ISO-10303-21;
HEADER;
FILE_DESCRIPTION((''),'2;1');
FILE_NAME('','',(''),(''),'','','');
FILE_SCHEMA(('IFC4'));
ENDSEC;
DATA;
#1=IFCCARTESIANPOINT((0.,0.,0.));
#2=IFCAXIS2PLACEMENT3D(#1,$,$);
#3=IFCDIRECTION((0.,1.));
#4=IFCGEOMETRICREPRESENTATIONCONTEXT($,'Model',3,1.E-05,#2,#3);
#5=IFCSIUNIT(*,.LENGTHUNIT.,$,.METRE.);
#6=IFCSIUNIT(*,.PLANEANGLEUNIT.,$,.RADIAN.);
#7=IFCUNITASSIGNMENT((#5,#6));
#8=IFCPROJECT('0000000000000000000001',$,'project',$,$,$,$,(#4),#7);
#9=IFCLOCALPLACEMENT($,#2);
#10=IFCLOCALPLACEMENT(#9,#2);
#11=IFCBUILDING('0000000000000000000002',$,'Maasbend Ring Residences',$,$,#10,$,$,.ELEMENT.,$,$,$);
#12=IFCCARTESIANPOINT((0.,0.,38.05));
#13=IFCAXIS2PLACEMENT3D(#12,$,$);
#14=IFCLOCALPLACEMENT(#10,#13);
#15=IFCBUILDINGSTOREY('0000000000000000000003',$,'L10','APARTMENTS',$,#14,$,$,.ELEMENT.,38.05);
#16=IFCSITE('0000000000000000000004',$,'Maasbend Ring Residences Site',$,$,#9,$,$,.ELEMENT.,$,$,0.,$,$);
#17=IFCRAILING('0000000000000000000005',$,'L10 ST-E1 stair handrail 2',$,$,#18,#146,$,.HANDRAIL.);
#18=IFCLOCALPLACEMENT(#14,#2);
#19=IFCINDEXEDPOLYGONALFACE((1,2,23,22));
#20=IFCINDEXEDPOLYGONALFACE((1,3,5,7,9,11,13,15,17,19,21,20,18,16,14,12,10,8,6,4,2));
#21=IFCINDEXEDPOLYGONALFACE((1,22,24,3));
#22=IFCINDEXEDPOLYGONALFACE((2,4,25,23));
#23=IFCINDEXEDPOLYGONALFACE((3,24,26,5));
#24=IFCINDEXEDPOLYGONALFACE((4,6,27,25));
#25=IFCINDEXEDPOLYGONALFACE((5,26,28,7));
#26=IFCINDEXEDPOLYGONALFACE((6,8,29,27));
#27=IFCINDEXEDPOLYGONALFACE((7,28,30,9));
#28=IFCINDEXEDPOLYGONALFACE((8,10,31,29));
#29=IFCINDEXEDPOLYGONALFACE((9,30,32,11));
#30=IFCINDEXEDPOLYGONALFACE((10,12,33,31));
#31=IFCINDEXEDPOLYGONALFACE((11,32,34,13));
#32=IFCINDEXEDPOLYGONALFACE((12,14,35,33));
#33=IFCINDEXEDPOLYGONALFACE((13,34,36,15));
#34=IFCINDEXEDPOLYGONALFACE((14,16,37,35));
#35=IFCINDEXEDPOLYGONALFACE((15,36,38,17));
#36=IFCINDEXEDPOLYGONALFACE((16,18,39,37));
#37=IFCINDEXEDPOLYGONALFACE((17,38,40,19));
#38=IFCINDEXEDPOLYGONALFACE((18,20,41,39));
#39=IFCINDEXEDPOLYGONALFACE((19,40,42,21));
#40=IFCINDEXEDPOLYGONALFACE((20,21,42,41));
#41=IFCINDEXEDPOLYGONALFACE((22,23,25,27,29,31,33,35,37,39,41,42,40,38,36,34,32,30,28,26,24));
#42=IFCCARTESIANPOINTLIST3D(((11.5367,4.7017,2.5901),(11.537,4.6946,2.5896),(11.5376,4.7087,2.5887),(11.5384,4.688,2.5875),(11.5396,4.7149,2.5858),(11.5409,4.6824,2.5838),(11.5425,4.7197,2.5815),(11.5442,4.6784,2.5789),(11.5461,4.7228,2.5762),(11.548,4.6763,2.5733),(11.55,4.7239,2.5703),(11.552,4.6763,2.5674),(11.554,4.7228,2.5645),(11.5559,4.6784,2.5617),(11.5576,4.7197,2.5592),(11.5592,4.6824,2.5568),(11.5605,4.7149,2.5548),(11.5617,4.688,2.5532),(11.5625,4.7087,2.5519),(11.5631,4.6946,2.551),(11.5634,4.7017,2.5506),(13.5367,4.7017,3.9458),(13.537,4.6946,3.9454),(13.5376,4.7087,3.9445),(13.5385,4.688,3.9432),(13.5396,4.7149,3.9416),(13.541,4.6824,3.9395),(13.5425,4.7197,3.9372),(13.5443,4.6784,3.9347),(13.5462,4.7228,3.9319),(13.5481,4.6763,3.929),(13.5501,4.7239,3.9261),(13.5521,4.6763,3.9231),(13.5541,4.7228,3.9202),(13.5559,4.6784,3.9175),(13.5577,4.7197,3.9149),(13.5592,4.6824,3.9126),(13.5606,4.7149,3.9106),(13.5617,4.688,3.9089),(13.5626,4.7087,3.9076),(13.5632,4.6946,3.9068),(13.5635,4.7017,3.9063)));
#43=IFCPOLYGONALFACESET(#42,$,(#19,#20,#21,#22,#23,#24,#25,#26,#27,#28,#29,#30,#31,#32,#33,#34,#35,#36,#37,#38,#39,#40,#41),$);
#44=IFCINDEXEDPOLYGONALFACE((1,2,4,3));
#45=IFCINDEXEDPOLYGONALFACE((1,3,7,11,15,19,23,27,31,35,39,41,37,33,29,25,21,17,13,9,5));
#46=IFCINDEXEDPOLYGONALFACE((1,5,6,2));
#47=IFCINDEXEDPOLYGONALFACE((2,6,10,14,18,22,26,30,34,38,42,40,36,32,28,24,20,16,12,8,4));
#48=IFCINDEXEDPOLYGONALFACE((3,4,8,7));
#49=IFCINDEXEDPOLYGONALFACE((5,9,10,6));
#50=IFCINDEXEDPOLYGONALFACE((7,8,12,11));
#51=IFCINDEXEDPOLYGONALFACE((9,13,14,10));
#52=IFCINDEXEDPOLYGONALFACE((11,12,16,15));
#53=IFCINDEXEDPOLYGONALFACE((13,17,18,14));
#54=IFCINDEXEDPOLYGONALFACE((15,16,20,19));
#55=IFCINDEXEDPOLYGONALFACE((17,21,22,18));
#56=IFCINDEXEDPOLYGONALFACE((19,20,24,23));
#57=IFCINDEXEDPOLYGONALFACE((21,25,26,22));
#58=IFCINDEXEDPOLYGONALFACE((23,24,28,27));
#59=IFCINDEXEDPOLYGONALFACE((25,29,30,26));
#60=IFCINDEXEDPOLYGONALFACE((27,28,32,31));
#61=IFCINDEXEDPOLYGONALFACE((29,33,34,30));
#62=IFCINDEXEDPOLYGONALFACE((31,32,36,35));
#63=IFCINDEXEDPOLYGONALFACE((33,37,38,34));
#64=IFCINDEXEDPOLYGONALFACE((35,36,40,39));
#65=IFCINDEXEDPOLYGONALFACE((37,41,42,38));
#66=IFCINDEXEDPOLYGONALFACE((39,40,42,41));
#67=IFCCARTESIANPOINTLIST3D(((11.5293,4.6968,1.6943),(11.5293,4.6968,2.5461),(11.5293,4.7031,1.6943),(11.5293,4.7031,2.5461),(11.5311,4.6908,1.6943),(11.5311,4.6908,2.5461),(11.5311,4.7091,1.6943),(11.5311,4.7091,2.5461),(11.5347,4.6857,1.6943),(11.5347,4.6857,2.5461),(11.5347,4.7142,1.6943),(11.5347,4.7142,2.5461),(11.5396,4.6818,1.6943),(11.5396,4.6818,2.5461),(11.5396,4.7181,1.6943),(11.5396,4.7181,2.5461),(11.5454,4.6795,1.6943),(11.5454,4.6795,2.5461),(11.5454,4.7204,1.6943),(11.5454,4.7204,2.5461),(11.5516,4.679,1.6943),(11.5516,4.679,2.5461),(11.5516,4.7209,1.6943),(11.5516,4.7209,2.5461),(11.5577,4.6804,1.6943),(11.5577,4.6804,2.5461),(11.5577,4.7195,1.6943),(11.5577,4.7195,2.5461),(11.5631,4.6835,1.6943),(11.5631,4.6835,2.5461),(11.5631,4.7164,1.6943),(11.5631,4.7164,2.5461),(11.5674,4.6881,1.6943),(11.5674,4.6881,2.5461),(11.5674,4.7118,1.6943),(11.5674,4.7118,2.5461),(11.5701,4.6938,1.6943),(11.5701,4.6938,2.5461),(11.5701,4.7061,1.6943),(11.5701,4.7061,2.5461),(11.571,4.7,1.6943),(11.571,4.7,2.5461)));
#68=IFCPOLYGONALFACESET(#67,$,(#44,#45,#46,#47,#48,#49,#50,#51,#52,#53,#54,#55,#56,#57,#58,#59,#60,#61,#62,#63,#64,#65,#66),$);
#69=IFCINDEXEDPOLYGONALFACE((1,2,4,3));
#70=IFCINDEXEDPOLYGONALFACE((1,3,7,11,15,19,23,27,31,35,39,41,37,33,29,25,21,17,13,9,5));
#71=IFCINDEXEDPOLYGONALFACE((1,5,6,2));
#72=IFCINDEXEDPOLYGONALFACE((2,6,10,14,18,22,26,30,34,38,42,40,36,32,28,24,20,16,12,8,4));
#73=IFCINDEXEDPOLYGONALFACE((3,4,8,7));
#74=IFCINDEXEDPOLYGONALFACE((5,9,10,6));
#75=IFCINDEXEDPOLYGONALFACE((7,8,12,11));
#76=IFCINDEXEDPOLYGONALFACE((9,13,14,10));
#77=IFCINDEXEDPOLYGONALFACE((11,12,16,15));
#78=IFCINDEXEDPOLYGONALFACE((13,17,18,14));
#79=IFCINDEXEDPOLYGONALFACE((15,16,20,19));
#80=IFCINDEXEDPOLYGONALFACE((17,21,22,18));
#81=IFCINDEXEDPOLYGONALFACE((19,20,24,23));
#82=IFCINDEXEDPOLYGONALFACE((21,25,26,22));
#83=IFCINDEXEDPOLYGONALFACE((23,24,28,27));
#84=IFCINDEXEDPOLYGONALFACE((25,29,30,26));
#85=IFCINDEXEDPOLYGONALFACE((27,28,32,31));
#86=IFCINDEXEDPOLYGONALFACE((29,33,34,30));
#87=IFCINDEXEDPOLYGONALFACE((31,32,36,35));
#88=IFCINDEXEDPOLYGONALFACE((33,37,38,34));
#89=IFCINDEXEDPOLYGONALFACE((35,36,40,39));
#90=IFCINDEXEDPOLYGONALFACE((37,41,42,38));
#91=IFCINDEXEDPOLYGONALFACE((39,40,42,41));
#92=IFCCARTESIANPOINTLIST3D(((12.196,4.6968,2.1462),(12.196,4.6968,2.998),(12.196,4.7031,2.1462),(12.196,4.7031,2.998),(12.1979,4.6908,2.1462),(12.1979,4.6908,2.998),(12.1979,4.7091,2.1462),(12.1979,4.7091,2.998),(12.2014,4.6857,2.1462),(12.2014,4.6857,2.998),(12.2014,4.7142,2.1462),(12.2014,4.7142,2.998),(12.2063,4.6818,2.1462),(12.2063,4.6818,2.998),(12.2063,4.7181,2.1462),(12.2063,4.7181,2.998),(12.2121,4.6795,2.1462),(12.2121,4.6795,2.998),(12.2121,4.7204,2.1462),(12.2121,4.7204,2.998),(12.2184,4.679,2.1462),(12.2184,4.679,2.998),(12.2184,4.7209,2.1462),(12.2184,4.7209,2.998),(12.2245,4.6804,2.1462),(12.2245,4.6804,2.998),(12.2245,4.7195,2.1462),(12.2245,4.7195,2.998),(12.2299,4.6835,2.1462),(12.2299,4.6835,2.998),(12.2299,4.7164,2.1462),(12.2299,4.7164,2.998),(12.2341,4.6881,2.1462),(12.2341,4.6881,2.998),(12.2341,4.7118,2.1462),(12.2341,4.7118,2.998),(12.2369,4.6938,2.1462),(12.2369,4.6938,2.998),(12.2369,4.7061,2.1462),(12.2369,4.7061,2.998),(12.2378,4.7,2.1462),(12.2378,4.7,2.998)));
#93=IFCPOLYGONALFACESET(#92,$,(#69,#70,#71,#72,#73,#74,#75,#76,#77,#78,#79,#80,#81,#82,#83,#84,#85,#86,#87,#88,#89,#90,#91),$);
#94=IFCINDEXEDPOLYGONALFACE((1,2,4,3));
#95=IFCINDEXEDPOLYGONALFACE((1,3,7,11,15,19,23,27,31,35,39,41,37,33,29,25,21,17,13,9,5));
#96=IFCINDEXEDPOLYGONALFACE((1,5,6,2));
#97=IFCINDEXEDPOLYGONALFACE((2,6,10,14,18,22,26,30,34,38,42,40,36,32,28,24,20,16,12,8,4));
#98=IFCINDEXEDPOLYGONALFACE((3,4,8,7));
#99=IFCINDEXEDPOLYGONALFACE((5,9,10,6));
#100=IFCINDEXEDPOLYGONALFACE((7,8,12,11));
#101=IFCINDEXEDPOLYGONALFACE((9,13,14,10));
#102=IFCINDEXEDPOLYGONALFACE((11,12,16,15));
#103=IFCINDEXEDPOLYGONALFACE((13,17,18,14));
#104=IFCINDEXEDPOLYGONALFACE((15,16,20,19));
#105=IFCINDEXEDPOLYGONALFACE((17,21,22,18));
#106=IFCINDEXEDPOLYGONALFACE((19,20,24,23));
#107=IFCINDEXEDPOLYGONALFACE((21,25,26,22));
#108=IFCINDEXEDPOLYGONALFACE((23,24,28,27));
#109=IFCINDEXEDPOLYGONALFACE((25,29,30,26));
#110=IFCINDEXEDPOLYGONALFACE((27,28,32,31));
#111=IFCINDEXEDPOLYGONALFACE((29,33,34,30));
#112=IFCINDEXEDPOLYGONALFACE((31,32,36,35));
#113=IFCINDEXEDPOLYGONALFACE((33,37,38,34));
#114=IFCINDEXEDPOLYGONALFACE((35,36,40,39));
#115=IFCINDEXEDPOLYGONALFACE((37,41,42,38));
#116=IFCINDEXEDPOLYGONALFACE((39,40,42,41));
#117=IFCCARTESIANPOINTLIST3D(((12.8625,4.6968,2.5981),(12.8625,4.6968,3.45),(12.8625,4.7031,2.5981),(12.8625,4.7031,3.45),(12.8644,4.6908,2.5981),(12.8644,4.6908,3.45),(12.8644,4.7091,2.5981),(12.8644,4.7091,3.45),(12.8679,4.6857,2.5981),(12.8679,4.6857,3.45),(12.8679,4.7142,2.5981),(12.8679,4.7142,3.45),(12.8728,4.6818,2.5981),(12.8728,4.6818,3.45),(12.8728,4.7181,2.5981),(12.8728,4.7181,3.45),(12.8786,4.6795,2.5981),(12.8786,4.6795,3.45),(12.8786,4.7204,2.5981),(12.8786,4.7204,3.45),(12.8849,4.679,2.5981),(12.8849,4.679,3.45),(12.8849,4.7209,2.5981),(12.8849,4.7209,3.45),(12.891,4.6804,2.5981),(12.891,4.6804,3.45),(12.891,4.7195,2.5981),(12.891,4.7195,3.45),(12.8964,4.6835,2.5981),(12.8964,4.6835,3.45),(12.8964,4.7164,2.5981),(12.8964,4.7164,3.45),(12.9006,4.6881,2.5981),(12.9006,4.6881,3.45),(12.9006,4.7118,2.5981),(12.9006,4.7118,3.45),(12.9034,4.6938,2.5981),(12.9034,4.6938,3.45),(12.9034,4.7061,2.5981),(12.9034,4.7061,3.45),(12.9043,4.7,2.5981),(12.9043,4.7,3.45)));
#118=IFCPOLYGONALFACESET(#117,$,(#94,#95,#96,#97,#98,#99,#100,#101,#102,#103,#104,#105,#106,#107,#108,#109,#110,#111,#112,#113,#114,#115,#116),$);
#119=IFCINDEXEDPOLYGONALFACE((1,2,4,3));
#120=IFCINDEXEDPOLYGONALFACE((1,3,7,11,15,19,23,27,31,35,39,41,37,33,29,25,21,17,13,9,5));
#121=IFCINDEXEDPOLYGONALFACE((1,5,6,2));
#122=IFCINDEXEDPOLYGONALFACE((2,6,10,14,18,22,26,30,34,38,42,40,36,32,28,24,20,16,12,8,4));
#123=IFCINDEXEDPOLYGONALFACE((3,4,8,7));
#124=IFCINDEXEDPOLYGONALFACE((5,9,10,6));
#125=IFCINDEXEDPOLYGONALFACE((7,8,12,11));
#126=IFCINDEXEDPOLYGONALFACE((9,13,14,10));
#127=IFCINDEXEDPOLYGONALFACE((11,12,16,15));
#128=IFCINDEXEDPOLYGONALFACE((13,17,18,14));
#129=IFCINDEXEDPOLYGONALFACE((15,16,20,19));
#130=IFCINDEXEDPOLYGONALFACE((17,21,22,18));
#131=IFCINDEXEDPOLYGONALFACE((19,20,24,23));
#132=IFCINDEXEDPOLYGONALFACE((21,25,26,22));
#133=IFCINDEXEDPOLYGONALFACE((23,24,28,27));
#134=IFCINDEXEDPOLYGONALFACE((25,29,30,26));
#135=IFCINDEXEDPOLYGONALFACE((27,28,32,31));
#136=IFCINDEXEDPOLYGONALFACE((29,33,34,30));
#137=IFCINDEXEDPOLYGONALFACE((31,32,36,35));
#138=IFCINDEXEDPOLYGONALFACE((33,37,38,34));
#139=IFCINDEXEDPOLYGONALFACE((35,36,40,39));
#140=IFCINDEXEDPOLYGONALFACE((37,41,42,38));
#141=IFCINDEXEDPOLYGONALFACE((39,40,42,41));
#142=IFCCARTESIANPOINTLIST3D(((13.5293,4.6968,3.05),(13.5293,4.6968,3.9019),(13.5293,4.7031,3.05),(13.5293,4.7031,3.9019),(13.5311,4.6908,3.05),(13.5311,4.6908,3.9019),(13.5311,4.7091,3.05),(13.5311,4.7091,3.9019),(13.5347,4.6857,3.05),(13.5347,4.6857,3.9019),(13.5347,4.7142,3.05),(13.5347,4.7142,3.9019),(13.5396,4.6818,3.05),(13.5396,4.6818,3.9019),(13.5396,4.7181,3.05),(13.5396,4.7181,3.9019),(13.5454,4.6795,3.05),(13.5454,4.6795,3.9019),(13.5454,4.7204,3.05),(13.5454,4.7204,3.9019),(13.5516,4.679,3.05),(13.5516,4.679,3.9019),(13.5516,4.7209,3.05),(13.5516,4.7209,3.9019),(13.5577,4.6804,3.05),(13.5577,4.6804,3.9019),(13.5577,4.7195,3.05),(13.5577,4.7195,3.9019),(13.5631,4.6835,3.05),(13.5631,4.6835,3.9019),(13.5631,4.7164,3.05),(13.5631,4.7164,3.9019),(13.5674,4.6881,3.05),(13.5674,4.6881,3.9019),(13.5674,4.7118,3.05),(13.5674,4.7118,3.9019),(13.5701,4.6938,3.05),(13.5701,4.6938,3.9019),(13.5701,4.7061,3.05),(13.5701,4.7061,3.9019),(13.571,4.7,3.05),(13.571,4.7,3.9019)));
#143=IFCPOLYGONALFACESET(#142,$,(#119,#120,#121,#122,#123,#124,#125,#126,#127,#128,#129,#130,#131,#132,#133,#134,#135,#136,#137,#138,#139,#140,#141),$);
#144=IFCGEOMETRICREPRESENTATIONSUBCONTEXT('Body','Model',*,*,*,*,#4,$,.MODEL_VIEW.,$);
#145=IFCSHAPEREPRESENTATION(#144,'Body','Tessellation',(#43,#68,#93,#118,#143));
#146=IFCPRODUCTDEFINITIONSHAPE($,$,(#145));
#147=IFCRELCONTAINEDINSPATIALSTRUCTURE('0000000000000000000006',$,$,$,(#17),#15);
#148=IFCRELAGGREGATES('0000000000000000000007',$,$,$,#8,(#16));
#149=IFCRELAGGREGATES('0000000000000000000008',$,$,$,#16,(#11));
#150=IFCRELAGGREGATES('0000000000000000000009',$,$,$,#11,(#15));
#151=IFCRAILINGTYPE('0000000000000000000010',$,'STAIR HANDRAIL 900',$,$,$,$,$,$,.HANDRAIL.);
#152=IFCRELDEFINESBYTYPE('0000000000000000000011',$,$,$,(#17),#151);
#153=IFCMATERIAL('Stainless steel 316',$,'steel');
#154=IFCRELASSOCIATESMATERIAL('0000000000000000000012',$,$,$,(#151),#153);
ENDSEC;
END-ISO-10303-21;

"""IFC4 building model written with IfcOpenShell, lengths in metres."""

from ifc_helpers import new_model, si_unit, direction, frame, origin, origin_2d, place, context, subcontext, project, spatial, circle, extrude, material, type_object, element, save


model = new_model("IFC4")

# Units and contexts
model_context = context("Model", 3, precision=1e-05, world=origin(), true_north=direction((0.0, 1.0)))
body_context = subcontext(model_context, "Body", "Model", "MODEL_VIEW")
ifc_project = project(units=[si_unit("LENGTHUNIT", "METRE"), si_unit("PLANEANGLEUNIT", "RADIAN")], contexts=[model_context])

# Site, building, storey
site_placement = place(None, origin())
site = spatial("IfcSite", under=ifc_project, at=site_placement, Name="Maasbend Ring Residences Site", CompositionType="ELEMENT", RefElevation=0.0)
building_placement = place(site_placement, origin())
building = spatial("IfcBuilding", under=site, at=building_placement, Name="Maasbend Ring Residences", CompositionType="ELEMENT")
storey_placement = place(building_placement, frame((0.0, 0.0, 38.05)))
storey = spatial("IfcBuildingStorey", under=building, at=storey_placement, Name="L10", Description="APARTMENTS", CompositionType="ELEMENT", Elevation=38.05)

# Railing
ifc_material_1 = material(Name="Stainless steel 316", Category="steel")
railing_type = type_object("IfcRailingType", Name="STAIR HANDRAIL 900", PredefinedType="HANDRAIL", material=ifc_material_1)
railing_1_placement = place(storey_placement, frame((11.55, 4.7, 1.6943)))
element("IfcRailing", 1, at=railing_1_placement, inside=storey, type_object=railing_type, Name="L10 ST-E1 stair handrail 2", PredefinedType="HANDRAIL", context=body_context, shape_type="SweptSolid", body=[
    extrude(circle(Radius=0.0239, at=origin_2d()), frame((0.0, 0.0, 0.876), z_axis=(0.827751, 0.0, 0.561096), x_axis=(0.0, 1.0, 0.0)), (0.0, 0.0, 1.0), 2.4163),
    extrude(circle(Radius=0.021, at=origin_2d()), origin(), (0.0, 0.0, 1.0), 0.8518),
    extrude(circle(Radius=0.021, at=origin_2d()), frame((0.6667, 0.0, 0.4519)), (0.0, 0.0, 1.0), 0.8518),
    extrude(circle(Radius=0.021, at=origin_2d()), frame((1.3333, 0.0, 0.9038)), (0.0, 0.0, 1.0), 0.8518),
    extrude(circle(Radius=0.021, at=origin_2d()), frame((2.0, 0.0, 1.3557)), (0.0, 0.0, 1.0), 0.8518),
])

save(model, "model.ifc")
